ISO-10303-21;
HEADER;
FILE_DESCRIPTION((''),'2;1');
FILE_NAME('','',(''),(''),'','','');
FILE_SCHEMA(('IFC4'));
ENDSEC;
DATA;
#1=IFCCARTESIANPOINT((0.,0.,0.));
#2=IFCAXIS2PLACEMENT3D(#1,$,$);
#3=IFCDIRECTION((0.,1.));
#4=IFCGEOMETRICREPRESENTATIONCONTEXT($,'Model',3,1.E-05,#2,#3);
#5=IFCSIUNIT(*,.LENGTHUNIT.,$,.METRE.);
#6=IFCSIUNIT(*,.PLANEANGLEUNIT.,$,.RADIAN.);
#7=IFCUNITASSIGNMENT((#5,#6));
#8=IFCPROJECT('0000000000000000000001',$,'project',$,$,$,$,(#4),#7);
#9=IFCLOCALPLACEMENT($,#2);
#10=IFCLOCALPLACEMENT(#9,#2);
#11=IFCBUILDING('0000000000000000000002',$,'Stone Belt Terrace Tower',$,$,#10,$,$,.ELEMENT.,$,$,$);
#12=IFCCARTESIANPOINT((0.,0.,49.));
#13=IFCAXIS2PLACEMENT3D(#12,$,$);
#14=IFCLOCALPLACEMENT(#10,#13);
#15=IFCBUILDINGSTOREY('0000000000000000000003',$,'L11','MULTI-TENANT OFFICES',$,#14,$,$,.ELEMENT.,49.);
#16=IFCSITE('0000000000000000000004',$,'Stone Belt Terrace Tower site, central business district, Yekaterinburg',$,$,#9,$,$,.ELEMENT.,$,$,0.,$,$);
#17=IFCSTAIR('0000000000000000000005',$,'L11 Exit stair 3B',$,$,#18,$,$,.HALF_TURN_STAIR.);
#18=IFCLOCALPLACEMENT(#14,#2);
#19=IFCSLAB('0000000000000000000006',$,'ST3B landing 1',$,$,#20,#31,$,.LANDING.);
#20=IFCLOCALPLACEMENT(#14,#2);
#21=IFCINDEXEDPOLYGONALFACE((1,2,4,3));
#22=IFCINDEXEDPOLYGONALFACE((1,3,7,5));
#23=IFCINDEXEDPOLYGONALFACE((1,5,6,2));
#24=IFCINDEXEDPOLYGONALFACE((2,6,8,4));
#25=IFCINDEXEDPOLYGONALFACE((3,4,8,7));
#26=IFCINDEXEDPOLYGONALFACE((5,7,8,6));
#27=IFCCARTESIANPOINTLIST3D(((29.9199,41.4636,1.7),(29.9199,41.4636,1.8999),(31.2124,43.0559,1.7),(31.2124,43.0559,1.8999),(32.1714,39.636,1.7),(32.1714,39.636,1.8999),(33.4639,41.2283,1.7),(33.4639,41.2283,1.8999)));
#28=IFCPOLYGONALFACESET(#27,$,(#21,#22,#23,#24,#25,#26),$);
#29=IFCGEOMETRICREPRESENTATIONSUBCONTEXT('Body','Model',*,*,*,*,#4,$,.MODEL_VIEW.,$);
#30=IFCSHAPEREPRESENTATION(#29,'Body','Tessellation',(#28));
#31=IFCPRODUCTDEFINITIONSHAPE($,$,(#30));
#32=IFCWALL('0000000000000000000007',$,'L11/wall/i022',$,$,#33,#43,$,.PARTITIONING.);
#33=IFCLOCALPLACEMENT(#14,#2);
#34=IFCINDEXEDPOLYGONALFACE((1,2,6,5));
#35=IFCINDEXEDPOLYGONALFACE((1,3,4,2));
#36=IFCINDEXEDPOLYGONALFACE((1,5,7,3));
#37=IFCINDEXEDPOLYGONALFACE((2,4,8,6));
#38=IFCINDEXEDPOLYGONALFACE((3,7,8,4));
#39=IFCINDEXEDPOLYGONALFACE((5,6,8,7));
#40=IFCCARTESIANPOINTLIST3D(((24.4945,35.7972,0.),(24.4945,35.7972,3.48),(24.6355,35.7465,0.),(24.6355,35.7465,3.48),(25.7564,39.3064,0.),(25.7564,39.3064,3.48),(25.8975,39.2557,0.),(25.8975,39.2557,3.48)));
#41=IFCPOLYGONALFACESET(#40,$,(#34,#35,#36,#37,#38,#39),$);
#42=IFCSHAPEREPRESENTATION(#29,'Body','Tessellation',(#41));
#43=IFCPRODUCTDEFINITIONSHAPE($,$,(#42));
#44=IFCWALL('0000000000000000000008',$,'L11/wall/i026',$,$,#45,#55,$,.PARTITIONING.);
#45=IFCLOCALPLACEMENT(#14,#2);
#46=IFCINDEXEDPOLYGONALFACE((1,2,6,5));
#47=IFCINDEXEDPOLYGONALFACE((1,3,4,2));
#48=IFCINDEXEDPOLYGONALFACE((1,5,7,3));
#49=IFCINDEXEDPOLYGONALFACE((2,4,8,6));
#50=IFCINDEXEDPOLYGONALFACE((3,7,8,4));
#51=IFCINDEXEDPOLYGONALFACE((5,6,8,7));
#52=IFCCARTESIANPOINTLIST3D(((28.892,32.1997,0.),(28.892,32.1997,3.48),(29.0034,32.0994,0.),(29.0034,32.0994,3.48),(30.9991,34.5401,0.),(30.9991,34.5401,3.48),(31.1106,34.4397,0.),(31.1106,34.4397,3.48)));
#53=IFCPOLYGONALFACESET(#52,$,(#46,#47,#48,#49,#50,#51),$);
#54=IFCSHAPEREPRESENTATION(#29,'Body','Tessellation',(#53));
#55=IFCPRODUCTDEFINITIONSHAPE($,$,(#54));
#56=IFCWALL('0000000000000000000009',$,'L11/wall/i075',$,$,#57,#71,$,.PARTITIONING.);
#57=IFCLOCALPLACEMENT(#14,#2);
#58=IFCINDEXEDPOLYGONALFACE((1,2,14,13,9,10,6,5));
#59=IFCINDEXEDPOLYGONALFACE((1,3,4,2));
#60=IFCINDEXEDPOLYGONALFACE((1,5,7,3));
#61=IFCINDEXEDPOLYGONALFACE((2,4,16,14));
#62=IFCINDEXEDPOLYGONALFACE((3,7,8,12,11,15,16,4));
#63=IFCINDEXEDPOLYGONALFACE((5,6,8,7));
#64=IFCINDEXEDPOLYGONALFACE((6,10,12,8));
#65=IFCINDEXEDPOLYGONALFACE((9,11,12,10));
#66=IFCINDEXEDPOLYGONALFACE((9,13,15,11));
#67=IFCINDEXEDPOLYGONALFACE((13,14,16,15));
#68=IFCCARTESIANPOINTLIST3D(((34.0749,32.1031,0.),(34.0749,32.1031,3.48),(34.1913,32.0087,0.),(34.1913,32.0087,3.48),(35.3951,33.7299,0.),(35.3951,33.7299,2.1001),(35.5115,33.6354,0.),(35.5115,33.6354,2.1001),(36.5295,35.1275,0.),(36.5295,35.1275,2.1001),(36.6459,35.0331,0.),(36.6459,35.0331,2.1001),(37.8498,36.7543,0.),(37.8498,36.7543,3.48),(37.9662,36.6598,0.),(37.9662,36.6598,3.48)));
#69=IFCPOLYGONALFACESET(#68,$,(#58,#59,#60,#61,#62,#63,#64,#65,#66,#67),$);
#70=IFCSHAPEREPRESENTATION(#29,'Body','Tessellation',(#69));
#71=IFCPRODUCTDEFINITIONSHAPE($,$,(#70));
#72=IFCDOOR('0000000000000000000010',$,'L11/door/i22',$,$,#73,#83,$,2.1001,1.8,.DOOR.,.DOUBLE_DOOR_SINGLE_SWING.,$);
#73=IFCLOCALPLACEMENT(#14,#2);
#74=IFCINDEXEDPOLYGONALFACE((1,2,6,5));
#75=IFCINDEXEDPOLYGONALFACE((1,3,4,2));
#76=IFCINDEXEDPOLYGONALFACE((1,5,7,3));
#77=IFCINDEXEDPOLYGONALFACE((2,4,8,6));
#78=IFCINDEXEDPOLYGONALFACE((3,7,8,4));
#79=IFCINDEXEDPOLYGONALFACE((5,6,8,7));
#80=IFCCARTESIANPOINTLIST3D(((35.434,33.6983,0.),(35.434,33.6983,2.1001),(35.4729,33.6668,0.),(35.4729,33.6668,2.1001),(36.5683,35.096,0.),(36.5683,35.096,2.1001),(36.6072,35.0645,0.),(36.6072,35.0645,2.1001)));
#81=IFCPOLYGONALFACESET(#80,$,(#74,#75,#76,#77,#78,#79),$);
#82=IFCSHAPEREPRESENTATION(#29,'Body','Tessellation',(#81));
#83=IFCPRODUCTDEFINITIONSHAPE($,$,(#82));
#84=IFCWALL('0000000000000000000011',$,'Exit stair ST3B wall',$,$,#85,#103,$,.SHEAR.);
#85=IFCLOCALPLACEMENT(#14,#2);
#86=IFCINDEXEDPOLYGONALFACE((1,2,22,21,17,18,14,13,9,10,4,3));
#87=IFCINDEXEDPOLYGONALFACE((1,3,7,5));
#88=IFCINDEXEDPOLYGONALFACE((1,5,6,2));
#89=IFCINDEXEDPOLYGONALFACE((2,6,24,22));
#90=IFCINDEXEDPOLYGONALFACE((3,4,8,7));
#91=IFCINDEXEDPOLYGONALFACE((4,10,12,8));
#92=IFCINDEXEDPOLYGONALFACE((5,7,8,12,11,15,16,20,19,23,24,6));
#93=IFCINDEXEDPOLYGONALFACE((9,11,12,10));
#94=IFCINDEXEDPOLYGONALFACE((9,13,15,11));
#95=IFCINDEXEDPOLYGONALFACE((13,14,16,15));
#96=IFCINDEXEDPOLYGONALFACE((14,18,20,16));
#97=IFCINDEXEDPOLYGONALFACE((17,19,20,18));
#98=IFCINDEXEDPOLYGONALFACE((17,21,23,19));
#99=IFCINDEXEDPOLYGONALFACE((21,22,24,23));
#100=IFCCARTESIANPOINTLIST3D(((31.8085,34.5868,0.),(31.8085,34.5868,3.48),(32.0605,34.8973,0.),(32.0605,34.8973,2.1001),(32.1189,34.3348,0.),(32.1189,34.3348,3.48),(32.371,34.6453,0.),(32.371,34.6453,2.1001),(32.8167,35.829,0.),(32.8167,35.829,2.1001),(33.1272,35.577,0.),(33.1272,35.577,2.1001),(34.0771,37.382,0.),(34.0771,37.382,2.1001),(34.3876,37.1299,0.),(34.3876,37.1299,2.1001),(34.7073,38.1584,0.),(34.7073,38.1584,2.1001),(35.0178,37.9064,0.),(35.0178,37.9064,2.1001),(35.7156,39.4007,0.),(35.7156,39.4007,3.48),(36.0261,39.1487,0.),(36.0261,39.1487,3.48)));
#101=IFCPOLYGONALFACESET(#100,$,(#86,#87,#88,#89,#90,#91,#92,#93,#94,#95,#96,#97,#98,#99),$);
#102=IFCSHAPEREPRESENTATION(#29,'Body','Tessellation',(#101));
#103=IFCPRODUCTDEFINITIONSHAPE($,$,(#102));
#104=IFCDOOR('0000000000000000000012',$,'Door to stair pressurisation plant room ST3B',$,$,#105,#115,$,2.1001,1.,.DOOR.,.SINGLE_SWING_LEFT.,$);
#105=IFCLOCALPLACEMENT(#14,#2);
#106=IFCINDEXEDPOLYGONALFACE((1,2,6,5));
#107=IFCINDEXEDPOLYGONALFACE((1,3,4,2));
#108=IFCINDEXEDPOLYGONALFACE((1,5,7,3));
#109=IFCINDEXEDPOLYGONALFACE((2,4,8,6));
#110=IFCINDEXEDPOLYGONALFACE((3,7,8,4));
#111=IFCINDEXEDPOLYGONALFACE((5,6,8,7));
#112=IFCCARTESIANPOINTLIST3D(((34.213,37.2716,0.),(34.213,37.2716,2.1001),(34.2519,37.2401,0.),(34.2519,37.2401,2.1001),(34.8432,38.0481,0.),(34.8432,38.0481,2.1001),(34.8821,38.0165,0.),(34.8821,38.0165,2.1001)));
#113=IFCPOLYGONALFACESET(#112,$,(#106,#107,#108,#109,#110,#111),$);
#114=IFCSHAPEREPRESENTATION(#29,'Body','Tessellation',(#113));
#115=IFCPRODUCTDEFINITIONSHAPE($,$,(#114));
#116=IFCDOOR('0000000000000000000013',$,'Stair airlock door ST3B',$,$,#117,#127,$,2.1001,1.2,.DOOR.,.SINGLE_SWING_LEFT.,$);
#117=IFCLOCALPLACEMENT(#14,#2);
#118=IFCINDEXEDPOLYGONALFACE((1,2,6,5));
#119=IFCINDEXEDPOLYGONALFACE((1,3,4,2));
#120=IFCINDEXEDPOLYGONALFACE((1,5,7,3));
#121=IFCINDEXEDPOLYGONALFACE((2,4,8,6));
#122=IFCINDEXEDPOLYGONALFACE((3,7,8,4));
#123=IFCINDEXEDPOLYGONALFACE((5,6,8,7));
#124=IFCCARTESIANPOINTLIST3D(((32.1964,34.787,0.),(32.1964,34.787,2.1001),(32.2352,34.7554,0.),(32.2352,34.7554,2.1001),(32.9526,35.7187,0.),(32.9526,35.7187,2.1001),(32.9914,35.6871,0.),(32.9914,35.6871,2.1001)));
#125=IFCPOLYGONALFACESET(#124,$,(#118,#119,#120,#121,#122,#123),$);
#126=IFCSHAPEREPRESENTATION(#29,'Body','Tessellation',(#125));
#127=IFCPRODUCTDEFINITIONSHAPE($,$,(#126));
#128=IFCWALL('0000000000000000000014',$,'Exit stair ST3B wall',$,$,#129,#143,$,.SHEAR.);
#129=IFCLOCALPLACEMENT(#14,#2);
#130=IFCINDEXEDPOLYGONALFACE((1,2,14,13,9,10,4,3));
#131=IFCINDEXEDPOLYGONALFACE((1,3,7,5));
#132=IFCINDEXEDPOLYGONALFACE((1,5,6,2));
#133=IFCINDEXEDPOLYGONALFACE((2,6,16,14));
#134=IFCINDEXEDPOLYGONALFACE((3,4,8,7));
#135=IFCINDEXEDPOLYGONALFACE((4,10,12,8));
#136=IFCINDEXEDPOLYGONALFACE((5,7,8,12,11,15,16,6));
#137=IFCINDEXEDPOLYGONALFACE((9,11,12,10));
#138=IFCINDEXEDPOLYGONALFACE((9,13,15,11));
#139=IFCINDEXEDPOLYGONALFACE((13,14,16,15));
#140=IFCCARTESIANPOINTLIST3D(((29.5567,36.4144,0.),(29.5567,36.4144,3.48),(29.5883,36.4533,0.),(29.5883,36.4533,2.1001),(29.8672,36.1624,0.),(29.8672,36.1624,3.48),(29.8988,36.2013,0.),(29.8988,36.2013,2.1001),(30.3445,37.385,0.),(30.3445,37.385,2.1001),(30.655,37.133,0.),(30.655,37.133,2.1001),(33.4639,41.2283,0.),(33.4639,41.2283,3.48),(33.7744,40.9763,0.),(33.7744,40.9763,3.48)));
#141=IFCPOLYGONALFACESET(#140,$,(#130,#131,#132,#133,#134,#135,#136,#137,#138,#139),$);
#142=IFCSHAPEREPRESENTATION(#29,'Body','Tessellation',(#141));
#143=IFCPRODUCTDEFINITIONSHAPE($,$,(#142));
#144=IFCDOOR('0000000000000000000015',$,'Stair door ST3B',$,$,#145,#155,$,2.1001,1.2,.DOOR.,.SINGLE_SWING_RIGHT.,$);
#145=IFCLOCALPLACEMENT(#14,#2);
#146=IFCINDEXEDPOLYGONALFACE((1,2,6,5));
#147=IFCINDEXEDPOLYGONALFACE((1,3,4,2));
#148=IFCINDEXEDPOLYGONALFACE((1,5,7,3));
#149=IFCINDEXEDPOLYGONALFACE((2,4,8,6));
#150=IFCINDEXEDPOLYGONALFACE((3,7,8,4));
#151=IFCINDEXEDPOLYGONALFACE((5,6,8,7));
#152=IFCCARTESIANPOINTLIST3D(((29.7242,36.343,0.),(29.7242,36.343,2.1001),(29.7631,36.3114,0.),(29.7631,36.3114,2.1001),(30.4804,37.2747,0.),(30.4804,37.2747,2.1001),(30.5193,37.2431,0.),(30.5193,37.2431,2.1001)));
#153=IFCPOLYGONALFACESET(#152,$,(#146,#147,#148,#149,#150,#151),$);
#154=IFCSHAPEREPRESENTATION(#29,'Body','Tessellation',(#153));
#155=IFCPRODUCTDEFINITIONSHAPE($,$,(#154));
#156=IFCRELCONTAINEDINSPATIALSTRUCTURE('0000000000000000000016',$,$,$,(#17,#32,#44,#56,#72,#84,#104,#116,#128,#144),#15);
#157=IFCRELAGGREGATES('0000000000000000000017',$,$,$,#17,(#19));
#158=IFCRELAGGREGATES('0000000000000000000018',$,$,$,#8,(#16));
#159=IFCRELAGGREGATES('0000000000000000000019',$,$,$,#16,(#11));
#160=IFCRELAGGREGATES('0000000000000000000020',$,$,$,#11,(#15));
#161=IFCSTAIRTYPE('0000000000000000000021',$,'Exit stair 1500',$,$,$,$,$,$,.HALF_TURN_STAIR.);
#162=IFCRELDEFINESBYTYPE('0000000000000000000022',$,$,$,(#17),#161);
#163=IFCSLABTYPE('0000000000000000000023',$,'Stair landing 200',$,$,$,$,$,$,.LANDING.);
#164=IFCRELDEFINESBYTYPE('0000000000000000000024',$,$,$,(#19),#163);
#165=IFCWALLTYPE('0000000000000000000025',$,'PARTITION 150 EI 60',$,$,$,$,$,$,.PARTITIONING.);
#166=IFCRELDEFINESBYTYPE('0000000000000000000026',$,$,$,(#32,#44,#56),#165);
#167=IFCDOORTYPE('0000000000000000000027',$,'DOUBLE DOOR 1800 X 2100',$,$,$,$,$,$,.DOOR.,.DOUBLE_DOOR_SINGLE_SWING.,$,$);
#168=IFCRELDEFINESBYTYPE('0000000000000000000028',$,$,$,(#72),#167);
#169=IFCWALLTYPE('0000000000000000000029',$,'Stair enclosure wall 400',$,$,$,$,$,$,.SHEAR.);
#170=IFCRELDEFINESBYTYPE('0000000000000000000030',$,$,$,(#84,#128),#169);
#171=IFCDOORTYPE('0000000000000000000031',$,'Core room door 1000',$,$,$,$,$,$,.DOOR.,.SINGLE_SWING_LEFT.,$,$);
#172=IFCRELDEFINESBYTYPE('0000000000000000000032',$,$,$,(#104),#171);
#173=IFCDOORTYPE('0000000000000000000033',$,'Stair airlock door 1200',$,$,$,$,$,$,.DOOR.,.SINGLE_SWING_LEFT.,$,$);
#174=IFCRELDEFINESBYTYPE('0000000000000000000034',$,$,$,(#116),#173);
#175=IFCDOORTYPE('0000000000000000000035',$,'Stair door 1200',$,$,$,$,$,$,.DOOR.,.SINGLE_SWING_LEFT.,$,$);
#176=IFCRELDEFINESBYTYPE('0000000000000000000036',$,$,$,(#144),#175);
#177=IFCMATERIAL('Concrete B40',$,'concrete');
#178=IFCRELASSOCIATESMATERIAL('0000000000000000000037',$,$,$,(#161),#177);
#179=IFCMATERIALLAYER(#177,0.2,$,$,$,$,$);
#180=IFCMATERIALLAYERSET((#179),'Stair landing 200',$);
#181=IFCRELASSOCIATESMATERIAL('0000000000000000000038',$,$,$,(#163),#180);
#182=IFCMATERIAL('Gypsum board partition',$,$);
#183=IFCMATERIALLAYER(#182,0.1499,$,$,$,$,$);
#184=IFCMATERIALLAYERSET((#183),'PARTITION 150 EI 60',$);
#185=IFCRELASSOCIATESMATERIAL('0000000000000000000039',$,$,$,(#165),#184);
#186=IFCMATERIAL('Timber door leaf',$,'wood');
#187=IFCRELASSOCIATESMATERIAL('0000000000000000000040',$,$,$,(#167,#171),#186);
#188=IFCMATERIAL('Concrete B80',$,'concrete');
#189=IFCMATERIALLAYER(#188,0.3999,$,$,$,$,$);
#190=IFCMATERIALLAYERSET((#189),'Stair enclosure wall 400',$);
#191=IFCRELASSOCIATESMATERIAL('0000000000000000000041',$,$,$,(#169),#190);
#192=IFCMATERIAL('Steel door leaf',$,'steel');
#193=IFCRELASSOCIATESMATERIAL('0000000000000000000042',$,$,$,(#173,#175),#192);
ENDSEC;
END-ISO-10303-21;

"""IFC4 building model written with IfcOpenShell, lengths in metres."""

from ifc_helpers import new_model, si_unit, direction, frame, frame_2d, origin, place, context, subcontext, project, spatial, polyline, rectangle, outline, extrude, material, layer, layer_set, type_object, element, fill, aggregate, save


model = new_model("IFC4")

# Units and contexts
model_context = context("Model", 3, precision=1e-05, world=origin(), true_north=direction((0.0, 1.0)))
body_context = subcontext(model_context, "Body", "Model", "MODEL_VIEW")
ifc_project = project(units=[si_unit("LENGTHUNIT", "METRE"), si_unit("PLANEANGLEUNIT", "RADIAN")], contexts=[model_context])

# Site, building, storey
site_placement = place(None, origin())
site = spatial("IfcSite", under=ifc_project, at=site_placement, Name="Stone Belt Terrace Tower site, central business district, Yekaterinburg", CompositionType="ELEMENT", RefElevation=0.0)
building_placement = place(site_placement, origin())
building = spatial("IfcBuilding", under=site, at=building_placement, Name="Stone Belt Terrace Tower", CompositionType="ELEMENT")
storey_placement = place(building_placement, frame((0.0, 0.0, 49.0)))
storey = spatial("IfcBuildingStorey", under=building, at=storey_placement, Name="L11", Description="MULTI-TENANT OFFICES", CompositionType="ELEMENT", Elevation=49.0)

# Shared definitions
ifc_material_1 = material(Name="Concrete B80", Category="concrete")

# Shared definitions
ifc_material_2 = material(Name="Concrete B40", Category="concrete")

# Stair, slab
stair_type = type_object("IfcStairType", Name="Exit stair 1500", PredefinedType="HALF_TURN_STAIR", material=ifc_material_2)
ifc_layer_1 = layer(ifc_material_2, 0.2)
ifc_layer_set_1 = layer_set([ifc_layer_1], Name="Stair landing 200")
slab_type_1 = type_object("IfcSlabType", Name="Stair landing 200", PredefinedType="LANDING", material=ifc_layer_set_1)
stair_1_placement = place(storey_placement, origin())
stair_1 = element("IfcStair", 1, at=stair_1_placement, inside=storey, type_object=stair_type, Name="L11 Exit stair 3B", PredefinedType="HALF_TURN_STAIR")
slab_1_placement = place(storey_placement, frame((0.0, 0.0, 1.7)))
slab_1 = element("IfcSlab", 2, at=slab_1_placement, type_object=slab_type_1, Name="ST3B landing 1", PredefinedType="LANDING", context=body_context, shape_type="SweptSolid", body=[
    extrude(outline(polyline([(32.1714, 39.636), (33.4639, 41.2283), (31.2124, 43.0559), (29.9199, 41.4636), (32.1714, 39.636)])), origin(), (0.0, 0.0, 1.0), 0.2),
])
aggregate(stair_1, [slab_1])

# Walls
ifc_material_3 = material(Name="Gypsum board partition")
ifc_layer_2 = layer(ifc_material_3, 0.1499)
ifc_layer_set_2 = layer_set([ifc_layer_2], Name="PARTITION 150 EI 60")
wall_type_1 = type_object("IfcWallType", Name="PARTITION 150 EI 60", PredefinedType="PARTITIONING", material=ifc_layer_set_2)
wall_1_placement = place(storey_placement, frame((24.5649, 35.7717, 0.0), z_axis=(0.0, 0.0, 1.0), x_axis=(0.338393, 0.941005, 0.0)))
element("IfcWall", 3, at=wall_1_placement, inside=storey, type_object=wall_type_1, Name="L11/wall/i022", PredefinedType="PARTITIONING", context=body_context, shape_type="SweptSolid", body=[
    extrude(rectangle(XDim=3.7292, YDim=0.1499, at=frame_2d((1.8647, 0.0))), origin(), (0.0, 0.0, 1.0), 3.48),
])
wall_2_placement = place(storey_placement, frame((31.0549, 34.49, 0.0), z_axis=(0.0, 0.0, 1.0), x_axis=(-0.669119, -0.743155, 0.0)))
element("IfcWall", 4, at=wall_2_placement, inside=storey, type_object=wall_type_1, Name="L11/wall/i026", PredefinedType="PARTITIONING", context=body_context, shape_type="SweptSolid", body=[
    extrude(rectangle(XDim=3.1492, YDim=0.1499, at=frame_2d((1.5747, 0.0))), origin(), (0.0, 0.0, 1.0), 3.48),
])

# Wall, opening, door
wall_3_placement = place(storey_placement, frame((34.1331, 32.0559, 0.0), z_axis=(0.0, 0.0, 1.0), x_axis=(0.630177, 0.776452, 0.0)))
wall_3 = element("IfcWall", 5, at=wall_3_placement, inside=storey, type_object=wall_type_1, Name="L11/wall/i075", PredefinedType="PARTITIONING", context=body_context, shape_type="SweptSolid", body=[
    extrude(rectangle(XDim=5.9902, YDim=0.1499, at=frame_2d((2.9951, 0.0))), origin(), (0.0, 0.0, 1.0), 3.48),
])
opening_1_placement = place(wall_3_placement, frame((2.0952, 0.0, 0.0)))
opening_1 = element("IfcOpeningElement", 6, at=opening_1_placement, cuts=wall_3, PredefinedType="OPENING", context=body_context, shape_type="SweptSolid", body=[
    extrude(rectangle(XDim=1.8, YDim=2.1001, at=frame_2d((0.8999, 1.05))), frame((0.0, 0.085, 0.0), z_axis=(0.0, -1.0, 0.0), x_axis=(1.0, 0.0, 0.0)), (0.0, 0.0, 1.0), 0.1699),
])
ifc_material_4 = material(Name="Timber door leaf", Category="wood")
door_type_1 = type_object("IfcDoorType", Name="DOUBLE DOOR 1800 X 2100", OperationType="DOUBLE_DOOR_SINGLE_SWING", PredefinedType="DOOR", material=ifc_material_4)
door_1_placement = place(opening_1_placement, origin())
door_1 = element("IfcDoor", 7, at=door_1_placement, inside=storey, type_object=door_type_1, Name="L11/door/i22", OperationType="DOUBLE_DOOR_SINGLE_SWING", OverallHeight=2.1001, OverallWidth=1.8, PredefinedType="DOOR", context=body_context, shape_type="SweptSolid", body=[
    extrude(rectangle(XDim=1.8, YDim=2.1001, at=frame_2d((0.8999, 1.05))), frame((0.0, 0.0249, 0.0), z_axis=(0.0, -1.0, 0.0), x_axis=(1.0, 0.0, 0.0)), (0.0, 0.0, 1.0), 0.05),
])
fill(opening_1, door_1)

# Wall, openings, doors
ifc_layer_3 = layer(ifc_material_1, 0.3999)
ifc_layer_set_3 = layer_set([ifc_layer_3], Name="Stair enclosure wall 400")
wall_type_2 = type_object("IfcWallType", Name="Stair enclosure wall 400", PredefinedType="SHEAR", material=ifc_layer_set_3)
wall_4_placement = place(storey_placement, frame((31.9636, 34.4607, 0.0), z_axis=(0.0, 0.0, 1.0), x_axis=(0.630192, 0.776439, 0.0)))
wall_4 = element("IfcWall", 8, at=wall_4_placement, inside=storey, type_object=wall_type_2, Name="Exit stair ST3B wall", PredefinedType="SHEAR", context=body_context, shape_type="SweptSolid", body=[
    extrude(rectangle(XDim=6.2, YDim=0.3999, at=frame_2d((3.1001, 0.0))), origin(), (0.0, 0.0, 1.0), 3.48),
])
opening_2_placement = place(wall_4_placement, frame((0.3999, 0.0, 0.0)))
opening_2 = element("IfcOpeningElement", 9, at=opening_2_placement, cuts=wall_4, PredefinedType="OPENING", context=body_context, shape_type="SweptSolid", body=[
    extrude(rectangle(XDim=1.2, YDim=2.1001, at=frame_2d((0.6001, 1.05))), frame((0.0, 0.21, 0.0), z_axis=(0.0, -1.0, 0.0), x_axis=(1.0, 0.0, 0.0)), (0.0, 0.0, 1.0), 0.4199),
])
opening_3_placement = place(wall_4_placement, frame((3.6001, 0.0, 0.0)))
opening_3 = element("IfcOpeningElement", 10, at=opening_3_placement, cuts=wall_4, PredefinedType="OPENING", context=body_context, shape_type="SweptSolid", body=[
    extrude(rectangle(XDim=1.0, YDim=2.1001, at=frame_2d((0.5, 1.05))), frame((0.0, 0.21, 0.0), z_axis=(0.0, -1.0, 0.0), x_axis=(1.0, 0.0, 0.0)), (0.0, 0.0, 1.0), 0.4199),
])
door_type_2 = type_object("IfcDoorType", Name="Core room door 1000", OperationType="SINGLE_SWING_LEFT", PredefinedType="DOOR", material=ifc_material_4)
door_2_placement = place(opening_3_placement, origin())
door_2 = element("IfcDoor", 11, at=door_2_placement, inside=storey, type_object=door_type_2, Name="Door to stair pressurisation plant room ST3B", OperationType="SINGLE_SWING_LEFT", OverallHeight=2.1001, OverallWidth=1.0, PredefinedType="DOOR", context=body_context, shape_type="SweptSolid", body=[
    extrude(rectangle(XDim=1.0, YDim=2.1001, at=frame_2d((0.5, 1.05))), frame((0.0, 0.0249, 0.0), z_axis=(0.0, -1.0, 0.0), x_axis=(1.0, 0.0, 0.0)), (0.0, 0.0, 1.0), 0.05),
])
fill(opening_3, door_2)
ifc_material_5 = material(Name="Steel door leaf", Category="steel")
door_type_3 = type_object("IfcDoorType", Name="Stair airlock door 1200", OperationType="SINGLE_SWING_LEFT", PredefinedType="DOOR", material=ifc_material_5)
door_3_placement = place(opening_2_placement, origin())
door_3 = element("IfcDoor", 12, at=door_3_placement, inside=storey, type_object=door_type_3, Name="Stair airlock door ST3B", OperationType="SINGLE_SWING_LEFT", OverallHeight=2.1001, OverallWidth=1.2, PredefinedType="DOOR", context=body_context, shape_type="SweptSolid", body=[
    extrude(rectangle(XDim=1.2, YDim=2.1001, at=frame_2d((0.6001, 1.05))), frame((0.0, 0.0249, 0.0), z_axis=(0.0, -1.0, 0.0), x_axis=(1.0, 0.0, 0.0)), (0.0, 0.0, 1.0), 0.05),
])
fill(opening_2, door_3)

# Wall, opening, door
wall_5_placement = place(storey_placement, frame((29.7119, 36.2883, 0.0), z_axis=(0.0, 0.0, 1.0), x_axis=(0.630192, 0.776439, 0.0)))
wall_5 = element("IfcWall", 13, at=wall_5_placement, inside=storey, type_object=wall_type_2, Name="Exit stair ST3B wall", PredefinedType="SHEAR", context=body_context, shape_type="SweptSolid", body=[
    extrude(rectangle(XDim=6.2, YDim=0.3999, at=frame_2d((3.1001, 0.0))), origin(), (0.0, 0.0, 1.0), 3.48),
])
opening_4_placement = place(wall_5_placement, frame((0.05, 0.0, 0.0)))
opening_4 = element("IfcOpeningElement", 14, at=opening_4_placement, cuts=wall_5, PredefinedType="OPENING", context=body_context, shape_type="SweptSolid", body=[
    extrude(rectangle(XDim=1.2, YDim=2.1001, at=frame_2d((0.6001, 1.05))), frame((0.0, 0.21, 0.0), z_axis=(0.0, -1.0, 0.0), x_axis=(1.0, 0.0, 0.0)), (0.0, 0.0, 1.0), 0.4199),
])
door_type_4 = type_object("IfcDoorType", Name="Stair door 1200", OperationType="SINGLE_SWING_LEFT", PredefinedType="DOOR", material=ifc_material_5)
door_4_placement = place(opening_4_placement, origin())
door_4 = element("IfcDoor", 15, at=door_4_placement, inside=storey, type_object=door_type_4, Name="Stair door ST3B", OperationType="SINGLE_SWING_RIGHT", OverallHeight=2.1001, OverallWidth=1.2, PredefinedType="DOOR", context=body_context, shape_type="SweptSolid", body=[
    extrude(rectangle(XDim=1.2, YDim=2.1001, at=frame_2d((0.6001, 1.05))), frame((0.0, 0.0249, 0.0), z_axis=(0.0, -1.0, 0.0), x_axis=(1.0, 0.0, 0.0)), (0.0, 0.0, 1.0), 0.05),
])
fill(opening_4, door_4)

save(model, "model.ifc")
